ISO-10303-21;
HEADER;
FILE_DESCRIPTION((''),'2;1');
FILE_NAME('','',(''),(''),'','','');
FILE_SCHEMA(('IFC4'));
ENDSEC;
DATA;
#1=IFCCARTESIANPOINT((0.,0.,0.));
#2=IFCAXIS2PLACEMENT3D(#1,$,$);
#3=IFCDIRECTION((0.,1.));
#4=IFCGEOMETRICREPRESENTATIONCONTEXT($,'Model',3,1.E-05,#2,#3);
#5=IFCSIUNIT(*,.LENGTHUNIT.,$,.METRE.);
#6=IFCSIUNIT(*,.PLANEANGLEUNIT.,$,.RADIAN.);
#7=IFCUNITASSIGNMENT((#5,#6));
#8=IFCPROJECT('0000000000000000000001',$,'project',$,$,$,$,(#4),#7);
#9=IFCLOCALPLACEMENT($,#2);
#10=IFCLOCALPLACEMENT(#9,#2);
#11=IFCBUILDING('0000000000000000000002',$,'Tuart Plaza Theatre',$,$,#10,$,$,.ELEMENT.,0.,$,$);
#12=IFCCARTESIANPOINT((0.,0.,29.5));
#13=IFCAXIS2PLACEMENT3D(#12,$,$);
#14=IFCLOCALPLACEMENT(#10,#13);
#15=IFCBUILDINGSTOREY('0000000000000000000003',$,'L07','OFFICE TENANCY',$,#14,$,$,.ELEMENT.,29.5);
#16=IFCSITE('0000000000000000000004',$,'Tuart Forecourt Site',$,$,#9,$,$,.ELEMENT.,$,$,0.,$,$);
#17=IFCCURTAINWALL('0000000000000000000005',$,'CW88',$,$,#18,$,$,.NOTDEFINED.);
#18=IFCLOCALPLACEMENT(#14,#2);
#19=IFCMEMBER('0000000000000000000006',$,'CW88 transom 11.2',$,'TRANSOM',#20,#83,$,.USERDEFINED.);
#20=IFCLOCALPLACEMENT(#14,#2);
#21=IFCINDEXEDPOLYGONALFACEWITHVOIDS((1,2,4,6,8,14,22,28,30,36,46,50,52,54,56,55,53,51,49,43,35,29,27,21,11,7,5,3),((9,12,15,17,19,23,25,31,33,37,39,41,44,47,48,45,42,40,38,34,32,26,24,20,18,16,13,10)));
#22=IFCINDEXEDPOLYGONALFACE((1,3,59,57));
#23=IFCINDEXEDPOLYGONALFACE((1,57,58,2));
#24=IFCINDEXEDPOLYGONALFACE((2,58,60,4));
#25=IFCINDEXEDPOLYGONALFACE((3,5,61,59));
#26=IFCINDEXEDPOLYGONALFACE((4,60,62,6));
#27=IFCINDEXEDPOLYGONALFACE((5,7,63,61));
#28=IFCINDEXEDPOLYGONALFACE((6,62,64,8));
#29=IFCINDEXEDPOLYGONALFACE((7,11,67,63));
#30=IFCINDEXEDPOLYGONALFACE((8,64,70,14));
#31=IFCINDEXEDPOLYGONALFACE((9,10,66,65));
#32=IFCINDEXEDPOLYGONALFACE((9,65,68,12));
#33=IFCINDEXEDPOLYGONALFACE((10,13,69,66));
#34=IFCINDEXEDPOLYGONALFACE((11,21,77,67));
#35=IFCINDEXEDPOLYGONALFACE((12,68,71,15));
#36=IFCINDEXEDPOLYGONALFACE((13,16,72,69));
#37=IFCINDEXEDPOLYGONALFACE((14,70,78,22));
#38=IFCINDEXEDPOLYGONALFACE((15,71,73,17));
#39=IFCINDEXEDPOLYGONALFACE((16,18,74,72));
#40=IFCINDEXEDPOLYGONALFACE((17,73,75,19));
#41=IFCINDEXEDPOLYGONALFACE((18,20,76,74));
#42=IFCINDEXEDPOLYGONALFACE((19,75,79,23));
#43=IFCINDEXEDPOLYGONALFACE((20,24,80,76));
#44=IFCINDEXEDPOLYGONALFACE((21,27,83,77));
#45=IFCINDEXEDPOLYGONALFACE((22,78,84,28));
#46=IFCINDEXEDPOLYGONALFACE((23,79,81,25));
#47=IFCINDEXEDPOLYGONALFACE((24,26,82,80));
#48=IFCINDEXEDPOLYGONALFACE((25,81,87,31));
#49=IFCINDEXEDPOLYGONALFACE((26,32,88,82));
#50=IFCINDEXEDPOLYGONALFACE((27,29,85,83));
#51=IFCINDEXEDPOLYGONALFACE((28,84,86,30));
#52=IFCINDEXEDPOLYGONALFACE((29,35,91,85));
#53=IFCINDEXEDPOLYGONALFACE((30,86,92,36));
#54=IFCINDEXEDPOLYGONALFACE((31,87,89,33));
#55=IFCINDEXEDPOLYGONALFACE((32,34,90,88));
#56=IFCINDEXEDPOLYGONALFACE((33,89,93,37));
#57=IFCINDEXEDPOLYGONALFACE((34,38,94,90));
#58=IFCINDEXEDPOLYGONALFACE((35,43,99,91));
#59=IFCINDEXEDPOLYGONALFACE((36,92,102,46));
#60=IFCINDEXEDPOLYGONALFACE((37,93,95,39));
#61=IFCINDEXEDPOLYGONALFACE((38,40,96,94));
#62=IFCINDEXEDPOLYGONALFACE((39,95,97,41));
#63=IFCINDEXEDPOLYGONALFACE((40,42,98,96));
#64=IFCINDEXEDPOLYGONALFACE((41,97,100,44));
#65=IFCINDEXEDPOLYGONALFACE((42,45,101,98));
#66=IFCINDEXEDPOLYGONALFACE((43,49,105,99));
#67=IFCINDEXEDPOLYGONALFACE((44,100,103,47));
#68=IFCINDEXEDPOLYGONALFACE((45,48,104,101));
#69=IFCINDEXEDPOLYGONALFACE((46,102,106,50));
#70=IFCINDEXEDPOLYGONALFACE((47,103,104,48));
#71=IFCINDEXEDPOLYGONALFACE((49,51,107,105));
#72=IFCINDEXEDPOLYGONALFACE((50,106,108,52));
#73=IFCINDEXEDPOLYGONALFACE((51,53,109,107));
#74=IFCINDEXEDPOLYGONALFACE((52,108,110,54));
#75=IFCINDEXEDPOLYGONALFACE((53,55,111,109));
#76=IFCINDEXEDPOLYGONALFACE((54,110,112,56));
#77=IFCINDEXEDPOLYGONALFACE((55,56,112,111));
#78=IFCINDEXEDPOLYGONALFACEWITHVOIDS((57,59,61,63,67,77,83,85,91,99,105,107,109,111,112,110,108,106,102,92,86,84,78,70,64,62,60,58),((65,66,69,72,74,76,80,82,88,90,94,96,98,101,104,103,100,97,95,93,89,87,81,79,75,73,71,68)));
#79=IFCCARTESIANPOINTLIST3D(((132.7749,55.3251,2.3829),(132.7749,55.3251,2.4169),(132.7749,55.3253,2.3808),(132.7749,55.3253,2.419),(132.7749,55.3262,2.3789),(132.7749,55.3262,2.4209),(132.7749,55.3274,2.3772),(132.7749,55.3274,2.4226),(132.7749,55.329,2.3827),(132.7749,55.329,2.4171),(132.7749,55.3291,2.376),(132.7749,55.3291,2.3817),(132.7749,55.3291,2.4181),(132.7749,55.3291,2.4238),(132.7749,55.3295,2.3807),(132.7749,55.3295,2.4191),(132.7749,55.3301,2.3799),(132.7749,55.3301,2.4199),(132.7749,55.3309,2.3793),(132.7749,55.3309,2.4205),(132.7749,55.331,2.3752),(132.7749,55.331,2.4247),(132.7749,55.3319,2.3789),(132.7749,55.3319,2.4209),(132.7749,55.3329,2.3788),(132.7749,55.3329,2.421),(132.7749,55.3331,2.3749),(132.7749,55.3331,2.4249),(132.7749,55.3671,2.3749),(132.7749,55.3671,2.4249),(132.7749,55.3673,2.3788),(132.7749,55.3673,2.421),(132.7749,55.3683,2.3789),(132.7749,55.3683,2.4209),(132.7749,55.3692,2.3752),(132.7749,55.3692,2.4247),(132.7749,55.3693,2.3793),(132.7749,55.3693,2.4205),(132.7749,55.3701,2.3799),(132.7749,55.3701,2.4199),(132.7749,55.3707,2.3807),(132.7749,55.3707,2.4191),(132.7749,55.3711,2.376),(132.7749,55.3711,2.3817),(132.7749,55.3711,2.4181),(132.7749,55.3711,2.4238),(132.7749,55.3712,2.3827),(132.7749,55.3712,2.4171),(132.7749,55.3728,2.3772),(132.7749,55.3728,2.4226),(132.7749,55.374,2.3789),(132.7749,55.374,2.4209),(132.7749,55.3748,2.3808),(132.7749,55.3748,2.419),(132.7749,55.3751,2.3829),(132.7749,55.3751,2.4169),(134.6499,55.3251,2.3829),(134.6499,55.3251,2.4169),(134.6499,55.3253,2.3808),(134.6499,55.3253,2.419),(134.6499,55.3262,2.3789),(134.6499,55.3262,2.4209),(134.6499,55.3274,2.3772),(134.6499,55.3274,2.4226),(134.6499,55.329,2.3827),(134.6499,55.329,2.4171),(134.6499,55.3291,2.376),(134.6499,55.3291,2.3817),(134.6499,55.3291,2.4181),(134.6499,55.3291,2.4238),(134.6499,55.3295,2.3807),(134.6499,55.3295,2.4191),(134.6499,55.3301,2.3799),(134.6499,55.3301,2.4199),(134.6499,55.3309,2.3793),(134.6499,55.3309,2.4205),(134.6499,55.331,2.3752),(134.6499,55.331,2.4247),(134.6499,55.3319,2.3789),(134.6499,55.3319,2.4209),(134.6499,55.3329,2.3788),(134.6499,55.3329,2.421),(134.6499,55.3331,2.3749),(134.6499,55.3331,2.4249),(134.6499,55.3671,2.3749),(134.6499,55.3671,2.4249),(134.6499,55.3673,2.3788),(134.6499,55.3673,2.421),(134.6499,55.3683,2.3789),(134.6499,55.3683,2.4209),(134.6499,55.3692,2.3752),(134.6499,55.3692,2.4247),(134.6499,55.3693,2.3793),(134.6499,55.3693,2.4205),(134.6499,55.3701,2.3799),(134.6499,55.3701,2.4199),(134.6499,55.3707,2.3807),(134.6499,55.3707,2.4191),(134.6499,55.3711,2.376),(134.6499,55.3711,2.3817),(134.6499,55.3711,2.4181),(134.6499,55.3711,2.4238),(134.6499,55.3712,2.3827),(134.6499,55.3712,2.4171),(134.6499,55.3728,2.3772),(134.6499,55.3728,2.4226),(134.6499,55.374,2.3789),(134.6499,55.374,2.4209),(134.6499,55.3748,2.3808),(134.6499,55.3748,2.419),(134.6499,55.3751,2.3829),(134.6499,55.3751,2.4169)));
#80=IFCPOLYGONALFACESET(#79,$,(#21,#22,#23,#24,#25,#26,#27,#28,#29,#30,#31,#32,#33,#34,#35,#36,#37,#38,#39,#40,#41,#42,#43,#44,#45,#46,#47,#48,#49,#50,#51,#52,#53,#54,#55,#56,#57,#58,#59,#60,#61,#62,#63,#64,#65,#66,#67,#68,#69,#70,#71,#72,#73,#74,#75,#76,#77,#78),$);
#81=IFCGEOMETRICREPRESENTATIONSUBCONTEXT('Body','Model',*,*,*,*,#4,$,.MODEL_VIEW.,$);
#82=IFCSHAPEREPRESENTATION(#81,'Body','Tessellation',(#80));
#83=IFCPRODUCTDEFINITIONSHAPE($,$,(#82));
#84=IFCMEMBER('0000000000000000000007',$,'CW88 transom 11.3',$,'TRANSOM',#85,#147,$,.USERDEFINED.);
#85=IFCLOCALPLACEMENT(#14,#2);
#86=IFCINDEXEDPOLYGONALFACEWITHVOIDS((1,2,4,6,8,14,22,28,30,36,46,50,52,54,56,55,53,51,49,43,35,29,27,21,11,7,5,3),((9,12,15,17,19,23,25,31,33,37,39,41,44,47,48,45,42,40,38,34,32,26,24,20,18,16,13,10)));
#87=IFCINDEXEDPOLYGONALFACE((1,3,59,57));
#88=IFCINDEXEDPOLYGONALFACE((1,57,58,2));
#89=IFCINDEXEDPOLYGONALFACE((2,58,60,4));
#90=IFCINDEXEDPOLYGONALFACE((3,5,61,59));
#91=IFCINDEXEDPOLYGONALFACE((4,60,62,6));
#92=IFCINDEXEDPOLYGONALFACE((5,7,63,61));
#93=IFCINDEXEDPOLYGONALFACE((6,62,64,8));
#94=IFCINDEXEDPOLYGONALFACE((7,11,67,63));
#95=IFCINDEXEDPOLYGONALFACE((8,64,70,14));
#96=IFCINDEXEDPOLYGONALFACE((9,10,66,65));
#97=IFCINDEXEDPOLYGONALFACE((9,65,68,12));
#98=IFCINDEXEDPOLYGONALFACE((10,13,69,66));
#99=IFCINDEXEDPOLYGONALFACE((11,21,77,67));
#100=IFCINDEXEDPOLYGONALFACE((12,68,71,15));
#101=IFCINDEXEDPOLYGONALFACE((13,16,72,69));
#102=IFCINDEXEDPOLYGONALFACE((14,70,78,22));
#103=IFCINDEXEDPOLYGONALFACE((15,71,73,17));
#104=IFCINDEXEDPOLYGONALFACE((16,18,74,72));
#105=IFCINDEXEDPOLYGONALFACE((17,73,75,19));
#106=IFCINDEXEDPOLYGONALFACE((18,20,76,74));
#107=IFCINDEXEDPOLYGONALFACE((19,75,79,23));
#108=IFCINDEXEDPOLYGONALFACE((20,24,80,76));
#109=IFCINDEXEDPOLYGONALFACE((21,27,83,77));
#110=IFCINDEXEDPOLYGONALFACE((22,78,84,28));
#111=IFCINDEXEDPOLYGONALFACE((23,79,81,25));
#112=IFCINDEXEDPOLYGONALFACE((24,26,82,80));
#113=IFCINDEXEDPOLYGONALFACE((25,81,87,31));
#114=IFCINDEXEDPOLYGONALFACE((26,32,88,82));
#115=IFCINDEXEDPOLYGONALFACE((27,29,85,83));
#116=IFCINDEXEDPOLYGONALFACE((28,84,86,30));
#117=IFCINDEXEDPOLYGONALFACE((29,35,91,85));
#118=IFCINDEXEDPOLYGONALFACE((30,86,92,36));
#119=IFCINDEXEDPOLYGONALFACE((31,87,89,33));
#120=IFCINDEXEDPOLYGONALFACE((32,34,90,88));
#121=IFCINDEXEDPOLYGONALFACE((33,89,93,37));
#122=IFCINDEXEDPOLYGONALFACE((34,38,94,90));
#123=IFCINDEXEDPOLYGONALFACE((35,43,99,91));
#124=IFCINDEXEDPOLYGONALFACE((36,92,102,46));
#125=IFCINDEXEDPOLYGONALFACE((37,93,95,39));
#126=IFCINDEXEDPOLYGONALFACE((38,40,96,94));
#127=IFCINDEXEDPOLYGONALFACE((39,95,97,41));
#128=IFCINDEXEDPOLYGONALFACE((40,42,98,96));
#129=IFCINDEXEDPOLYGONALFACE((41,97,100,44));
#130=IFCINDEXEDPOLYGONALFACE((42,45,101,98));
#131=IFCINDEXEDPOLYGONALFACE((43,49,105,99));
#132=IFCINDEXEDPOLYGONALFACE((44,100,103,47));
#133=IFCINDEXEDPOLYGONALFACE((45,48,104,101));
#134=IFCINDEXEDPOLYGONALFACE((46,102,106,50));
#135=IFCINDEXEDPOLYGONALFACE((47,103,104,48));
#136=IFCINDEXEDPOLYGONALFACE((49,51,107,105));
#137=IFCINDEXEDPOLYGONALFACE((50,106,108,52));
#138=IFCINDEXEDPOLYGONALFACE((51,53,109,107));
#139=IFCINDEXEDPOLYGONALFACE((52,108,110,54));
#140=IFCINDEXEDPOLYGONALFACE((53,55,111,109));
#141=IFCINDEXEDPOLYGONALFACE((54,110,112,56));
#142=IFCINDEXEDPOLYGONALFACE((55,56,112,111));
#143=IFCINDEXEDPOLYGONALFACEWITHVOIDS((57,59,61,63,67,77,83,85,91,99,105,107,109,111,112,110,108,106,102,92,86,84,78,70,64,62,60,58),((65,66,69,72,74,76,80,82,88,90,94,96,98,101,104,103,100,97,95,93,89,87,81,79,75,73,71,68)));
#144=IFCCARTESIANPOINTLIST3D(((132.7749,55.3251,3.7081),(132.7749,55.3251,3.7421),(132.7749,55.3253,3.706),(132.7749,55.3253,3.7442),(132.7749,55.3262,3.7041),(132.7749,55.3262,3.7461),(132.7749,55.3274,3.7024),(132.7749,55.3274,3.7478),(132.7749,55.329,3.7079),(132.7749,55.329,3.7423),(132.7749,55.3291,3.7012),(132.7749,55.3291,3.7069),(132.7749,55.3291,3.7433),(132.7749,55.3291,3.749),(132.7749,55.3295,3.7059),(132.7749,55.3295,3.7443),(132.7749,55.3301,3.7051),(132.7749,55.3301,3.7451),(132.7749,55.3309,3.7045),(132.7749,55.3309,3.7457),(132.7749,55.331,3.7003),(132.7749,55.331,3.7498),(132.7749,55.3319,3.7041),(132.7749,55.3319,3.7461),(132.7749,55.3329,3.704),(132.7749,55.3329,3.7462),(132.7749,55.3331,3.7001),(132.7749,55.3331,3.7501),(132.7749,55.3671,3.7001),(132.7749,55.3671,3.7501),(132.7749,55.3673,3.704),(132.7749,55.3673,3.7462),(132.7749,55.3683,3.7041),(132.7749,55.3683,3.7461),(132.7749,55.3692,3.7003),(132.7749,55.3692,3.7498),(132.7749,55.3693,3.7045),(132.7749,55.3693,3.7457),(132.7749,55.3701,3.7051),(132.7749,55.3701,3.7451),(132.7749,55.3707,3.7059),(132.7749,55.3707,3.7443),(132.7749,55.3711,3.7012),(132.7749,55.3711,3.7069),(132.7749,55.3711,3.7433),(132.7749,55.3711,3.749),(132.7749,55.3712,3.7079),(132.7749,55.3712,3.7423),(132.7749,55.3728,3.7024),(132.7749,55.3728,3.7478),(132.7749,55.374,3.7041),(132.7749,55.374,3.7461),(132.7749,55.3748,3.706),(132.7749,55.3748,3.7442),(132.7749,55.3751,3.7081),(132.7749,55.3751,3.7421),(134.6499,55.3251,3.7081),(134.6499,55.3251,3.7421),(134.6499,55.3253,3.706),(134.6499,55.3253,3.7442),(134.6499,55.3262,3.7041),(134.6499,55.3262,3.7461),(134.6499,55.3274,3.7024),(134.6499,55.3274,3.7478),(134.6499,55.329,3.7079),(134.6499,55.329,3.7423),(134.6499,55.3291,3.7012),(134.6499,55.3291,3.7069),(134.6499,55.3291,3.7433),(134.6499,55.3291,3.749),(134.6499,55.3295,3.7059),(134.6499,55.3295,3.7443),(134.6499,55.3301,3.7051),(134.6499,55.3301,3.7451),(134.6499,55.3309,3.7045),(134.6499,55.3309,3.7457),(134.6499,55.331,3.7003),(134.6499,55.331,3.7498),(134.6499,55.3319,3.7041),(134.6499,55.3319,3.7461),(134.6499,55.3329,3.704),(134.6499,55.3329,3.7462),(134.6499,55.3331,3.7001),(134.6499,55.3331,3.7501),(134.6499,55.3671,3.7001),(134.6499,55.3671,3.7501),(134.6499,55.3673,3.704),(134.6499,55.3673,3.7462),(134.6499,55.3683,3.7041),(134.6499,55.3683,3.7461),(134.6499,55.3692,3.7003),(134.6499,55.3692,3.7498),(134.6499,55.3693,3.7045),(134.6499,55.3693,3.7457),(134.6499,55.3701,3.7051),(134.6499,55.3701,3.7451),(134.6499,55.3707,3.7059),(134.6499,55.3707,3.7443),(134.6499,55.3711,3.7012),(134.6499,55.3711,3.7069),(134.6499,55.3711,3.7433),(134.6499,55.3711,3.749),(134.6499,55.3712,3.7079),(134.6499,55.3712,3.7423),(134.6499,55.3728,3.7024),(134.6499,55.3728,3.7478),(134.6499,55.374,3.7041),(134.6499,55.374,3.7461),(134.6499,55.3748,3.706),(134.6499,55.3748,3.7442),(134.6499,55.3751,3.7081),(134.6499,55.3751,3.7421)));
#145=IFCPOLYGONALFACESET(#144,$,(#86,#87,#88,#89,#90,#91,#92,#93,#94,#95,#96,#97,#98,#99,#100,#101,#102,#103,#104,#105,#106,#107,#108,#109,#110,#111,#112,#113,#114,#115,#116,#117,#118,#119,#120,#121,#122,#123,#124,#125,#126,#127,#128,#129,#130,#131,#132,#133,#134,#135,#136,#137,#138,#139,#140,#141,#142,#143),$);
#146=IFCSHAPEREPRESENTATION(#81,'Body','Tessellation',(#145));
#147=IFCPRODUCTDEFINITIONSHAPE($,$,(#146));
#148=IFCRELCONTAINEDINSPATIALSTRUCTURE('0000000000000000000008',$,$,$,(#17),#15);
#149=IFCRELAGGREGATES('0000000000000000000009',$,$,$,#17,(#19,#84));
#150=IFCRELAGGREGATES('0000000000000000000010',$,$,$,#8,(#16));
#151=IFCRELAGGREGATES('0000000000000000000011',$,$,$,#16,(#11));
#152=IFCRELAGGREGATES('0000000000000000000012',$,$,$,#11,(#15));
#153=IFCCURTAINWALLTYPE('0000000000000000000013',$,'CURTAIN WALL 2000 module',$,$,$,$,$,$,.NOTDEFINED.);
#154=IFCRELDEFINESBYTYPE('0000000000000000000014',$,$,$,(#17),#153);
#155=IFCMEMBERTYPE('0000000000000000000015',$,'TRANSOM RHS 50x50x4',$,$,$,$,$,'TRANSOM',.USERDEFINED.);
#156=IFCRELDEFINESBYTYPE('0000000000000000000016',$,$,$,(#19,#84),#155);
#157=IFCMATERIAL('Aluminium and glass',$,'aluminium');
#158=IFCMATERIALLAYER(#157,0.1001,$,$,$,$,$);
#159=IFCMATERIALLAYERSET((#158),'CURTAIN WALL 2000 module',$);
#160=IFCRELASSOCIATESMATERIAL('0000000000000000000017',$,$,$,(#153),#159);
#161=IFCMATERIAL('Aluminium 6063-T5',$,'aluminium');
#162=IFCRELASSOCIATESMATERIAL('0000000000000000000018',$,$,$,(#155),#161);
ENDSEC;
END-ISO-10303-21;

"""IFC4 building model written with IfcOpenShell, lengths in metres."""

from ifc_helpers import new_model, si_unit, direction, frame, origin, origin_2d, place, context, subcontext, project, spatial, hollow_rectangle, extrude, material, layer, layer_set, material_profile, profile_set, type_object, element, aggregate, save


model = new_model("IFC4")

# Units and contexts
model_context = context("Model", 3, precision=1e-05, world=origin(), true_north=direction((0.0, 1.0)))
body_context = subcontext(model_context, "Body", "Model", "MODEL_VIEW")
ifc_project = project(units=[si_unit("LENGTHUNIT", "METRE"), si_unit("PLANEANGLEUNIT", "RADIAN")], contexts=[model_context])

# Site, building, storey
site_placement = place(None, origin())
site = spatial("IfcSite", under=ifc_project, at=site_placement, Name="Tuart Forecourt Site", CompositionType="ELEMENT", RefElevation=0.0)
building_placement = place(site_placement, origin())
building = spatial("IfcBuilding", under=site, at=building_placement, Name="Tuart Plaza Theatre", CompositionType="ELEMENT", ElevationOfRefHeight=0.0)
storey_placement = place(building_placement, frame((0.0, 0.0, 29.5)))
storey = spatial("IfcBuildingStorey", under=building, at=storey_placement, Name="L07", Description="OFFICE TENANCY", CompositionType="ELEMENT", Elevation=29.5)

# Curtain wall
ifc_material_1 = material(Name="Aluminium and glass", Category="aluminium")
ifc_layer_1 = layer(ifc_material_1, 0.1001)
ifc_layer_set_1 = layer_set([ifc_layer_1], Name="CURTAIN WALL 2000 module")
curtain_wall_type = type_object("IfcCurtainWallType", Name="CURTAIN WALL 2000 module", PredefinedType="NOTDEFINED", material=ifc_layer_set_1)
curtain_wall_1_placement = place(storey_placement, origin())
curtain_wall_1 = element("IfcCurtainWall", 1, at=curtain_wall_1_placement, inside=storey, type_object=curtain_wall_type, Name="CW88", PredefinedType="NOTDEFINED")

# Members
ifc_material_2 = material(Name="Aluminium 6063-T5", Category="aluminium")
ifc_material_profile_1 = material_profile(ifc_material_2, hollow_rectangle(XDim=0.05, YDim=0.05, WallThickness=0.0039, InnerFilletRadius=0.0039, OuterFilletRadius=0.0081, at=origin_2d()), Name="RHS 50x50x4")
ifc_profile_set_1 = profile_set([ifc_material_profile_1], Name="Aluminium 6063-T5")
member_type_1 = type_object("IfcMemberType", Name="TRANSOM RHS 50x50x4", ElementType="TRANSOM", PredefinedType="USERDEFINED", material=ifc_profile_set_1)
member_1_placement = place(storey_placement, frame((132.7749, 55.3501, 2.3999), z_axis=(1.0, 0.0, 0.0), x_axis=(0.0, 1.0, 0.0)))
member_1 = element("IfcMember", 2, at=member_1_placement, type_object=member_type_1, Name="CW88 transom 11.2", ObjectType="TRANSOM", PredefinedType="USERDEFINED", context=body_context, shape_type="SweptSolid", body=[
    extrude(hollow_rectangle(XDim=0.05, YDim=0.05, WallThickness=0.0039, InnerFilletRadius=0.0039, OuterFilletRadius=0.0081, at=origin_2d()), origin(), (0.0, 0.0, 1.0), 1.875),
])
member_2_placement = place(storey_placement, frame((132.7749, 55.3501, 3.7251), z_axis=(1.0, 0.0, 0.0), x_axis=(0.0, 1.0, 0.0)))
member_2 = element("IfcMember", 3, at=member_2_placement, type_object=member_type_1, Name="CW88 transom 11.3", ObjectType="TRANSOM", PredefinedType="USERDEFINED", context=body_context, shape_type="SweptSolid", body=[
    extrude(hollow_rectangle(XDim=0.05, YDim=0.05, WallThickness=0.0039, InnerFilletRadius=0.0039, OuterFilletRadius=0.0081, at=origin_2d()), origin(), (0.0, 0.0, 1.0), 1.875),
])

aggregate(curtain_wall_1, [member_1, member_2])

save(model, "model.ifc")
